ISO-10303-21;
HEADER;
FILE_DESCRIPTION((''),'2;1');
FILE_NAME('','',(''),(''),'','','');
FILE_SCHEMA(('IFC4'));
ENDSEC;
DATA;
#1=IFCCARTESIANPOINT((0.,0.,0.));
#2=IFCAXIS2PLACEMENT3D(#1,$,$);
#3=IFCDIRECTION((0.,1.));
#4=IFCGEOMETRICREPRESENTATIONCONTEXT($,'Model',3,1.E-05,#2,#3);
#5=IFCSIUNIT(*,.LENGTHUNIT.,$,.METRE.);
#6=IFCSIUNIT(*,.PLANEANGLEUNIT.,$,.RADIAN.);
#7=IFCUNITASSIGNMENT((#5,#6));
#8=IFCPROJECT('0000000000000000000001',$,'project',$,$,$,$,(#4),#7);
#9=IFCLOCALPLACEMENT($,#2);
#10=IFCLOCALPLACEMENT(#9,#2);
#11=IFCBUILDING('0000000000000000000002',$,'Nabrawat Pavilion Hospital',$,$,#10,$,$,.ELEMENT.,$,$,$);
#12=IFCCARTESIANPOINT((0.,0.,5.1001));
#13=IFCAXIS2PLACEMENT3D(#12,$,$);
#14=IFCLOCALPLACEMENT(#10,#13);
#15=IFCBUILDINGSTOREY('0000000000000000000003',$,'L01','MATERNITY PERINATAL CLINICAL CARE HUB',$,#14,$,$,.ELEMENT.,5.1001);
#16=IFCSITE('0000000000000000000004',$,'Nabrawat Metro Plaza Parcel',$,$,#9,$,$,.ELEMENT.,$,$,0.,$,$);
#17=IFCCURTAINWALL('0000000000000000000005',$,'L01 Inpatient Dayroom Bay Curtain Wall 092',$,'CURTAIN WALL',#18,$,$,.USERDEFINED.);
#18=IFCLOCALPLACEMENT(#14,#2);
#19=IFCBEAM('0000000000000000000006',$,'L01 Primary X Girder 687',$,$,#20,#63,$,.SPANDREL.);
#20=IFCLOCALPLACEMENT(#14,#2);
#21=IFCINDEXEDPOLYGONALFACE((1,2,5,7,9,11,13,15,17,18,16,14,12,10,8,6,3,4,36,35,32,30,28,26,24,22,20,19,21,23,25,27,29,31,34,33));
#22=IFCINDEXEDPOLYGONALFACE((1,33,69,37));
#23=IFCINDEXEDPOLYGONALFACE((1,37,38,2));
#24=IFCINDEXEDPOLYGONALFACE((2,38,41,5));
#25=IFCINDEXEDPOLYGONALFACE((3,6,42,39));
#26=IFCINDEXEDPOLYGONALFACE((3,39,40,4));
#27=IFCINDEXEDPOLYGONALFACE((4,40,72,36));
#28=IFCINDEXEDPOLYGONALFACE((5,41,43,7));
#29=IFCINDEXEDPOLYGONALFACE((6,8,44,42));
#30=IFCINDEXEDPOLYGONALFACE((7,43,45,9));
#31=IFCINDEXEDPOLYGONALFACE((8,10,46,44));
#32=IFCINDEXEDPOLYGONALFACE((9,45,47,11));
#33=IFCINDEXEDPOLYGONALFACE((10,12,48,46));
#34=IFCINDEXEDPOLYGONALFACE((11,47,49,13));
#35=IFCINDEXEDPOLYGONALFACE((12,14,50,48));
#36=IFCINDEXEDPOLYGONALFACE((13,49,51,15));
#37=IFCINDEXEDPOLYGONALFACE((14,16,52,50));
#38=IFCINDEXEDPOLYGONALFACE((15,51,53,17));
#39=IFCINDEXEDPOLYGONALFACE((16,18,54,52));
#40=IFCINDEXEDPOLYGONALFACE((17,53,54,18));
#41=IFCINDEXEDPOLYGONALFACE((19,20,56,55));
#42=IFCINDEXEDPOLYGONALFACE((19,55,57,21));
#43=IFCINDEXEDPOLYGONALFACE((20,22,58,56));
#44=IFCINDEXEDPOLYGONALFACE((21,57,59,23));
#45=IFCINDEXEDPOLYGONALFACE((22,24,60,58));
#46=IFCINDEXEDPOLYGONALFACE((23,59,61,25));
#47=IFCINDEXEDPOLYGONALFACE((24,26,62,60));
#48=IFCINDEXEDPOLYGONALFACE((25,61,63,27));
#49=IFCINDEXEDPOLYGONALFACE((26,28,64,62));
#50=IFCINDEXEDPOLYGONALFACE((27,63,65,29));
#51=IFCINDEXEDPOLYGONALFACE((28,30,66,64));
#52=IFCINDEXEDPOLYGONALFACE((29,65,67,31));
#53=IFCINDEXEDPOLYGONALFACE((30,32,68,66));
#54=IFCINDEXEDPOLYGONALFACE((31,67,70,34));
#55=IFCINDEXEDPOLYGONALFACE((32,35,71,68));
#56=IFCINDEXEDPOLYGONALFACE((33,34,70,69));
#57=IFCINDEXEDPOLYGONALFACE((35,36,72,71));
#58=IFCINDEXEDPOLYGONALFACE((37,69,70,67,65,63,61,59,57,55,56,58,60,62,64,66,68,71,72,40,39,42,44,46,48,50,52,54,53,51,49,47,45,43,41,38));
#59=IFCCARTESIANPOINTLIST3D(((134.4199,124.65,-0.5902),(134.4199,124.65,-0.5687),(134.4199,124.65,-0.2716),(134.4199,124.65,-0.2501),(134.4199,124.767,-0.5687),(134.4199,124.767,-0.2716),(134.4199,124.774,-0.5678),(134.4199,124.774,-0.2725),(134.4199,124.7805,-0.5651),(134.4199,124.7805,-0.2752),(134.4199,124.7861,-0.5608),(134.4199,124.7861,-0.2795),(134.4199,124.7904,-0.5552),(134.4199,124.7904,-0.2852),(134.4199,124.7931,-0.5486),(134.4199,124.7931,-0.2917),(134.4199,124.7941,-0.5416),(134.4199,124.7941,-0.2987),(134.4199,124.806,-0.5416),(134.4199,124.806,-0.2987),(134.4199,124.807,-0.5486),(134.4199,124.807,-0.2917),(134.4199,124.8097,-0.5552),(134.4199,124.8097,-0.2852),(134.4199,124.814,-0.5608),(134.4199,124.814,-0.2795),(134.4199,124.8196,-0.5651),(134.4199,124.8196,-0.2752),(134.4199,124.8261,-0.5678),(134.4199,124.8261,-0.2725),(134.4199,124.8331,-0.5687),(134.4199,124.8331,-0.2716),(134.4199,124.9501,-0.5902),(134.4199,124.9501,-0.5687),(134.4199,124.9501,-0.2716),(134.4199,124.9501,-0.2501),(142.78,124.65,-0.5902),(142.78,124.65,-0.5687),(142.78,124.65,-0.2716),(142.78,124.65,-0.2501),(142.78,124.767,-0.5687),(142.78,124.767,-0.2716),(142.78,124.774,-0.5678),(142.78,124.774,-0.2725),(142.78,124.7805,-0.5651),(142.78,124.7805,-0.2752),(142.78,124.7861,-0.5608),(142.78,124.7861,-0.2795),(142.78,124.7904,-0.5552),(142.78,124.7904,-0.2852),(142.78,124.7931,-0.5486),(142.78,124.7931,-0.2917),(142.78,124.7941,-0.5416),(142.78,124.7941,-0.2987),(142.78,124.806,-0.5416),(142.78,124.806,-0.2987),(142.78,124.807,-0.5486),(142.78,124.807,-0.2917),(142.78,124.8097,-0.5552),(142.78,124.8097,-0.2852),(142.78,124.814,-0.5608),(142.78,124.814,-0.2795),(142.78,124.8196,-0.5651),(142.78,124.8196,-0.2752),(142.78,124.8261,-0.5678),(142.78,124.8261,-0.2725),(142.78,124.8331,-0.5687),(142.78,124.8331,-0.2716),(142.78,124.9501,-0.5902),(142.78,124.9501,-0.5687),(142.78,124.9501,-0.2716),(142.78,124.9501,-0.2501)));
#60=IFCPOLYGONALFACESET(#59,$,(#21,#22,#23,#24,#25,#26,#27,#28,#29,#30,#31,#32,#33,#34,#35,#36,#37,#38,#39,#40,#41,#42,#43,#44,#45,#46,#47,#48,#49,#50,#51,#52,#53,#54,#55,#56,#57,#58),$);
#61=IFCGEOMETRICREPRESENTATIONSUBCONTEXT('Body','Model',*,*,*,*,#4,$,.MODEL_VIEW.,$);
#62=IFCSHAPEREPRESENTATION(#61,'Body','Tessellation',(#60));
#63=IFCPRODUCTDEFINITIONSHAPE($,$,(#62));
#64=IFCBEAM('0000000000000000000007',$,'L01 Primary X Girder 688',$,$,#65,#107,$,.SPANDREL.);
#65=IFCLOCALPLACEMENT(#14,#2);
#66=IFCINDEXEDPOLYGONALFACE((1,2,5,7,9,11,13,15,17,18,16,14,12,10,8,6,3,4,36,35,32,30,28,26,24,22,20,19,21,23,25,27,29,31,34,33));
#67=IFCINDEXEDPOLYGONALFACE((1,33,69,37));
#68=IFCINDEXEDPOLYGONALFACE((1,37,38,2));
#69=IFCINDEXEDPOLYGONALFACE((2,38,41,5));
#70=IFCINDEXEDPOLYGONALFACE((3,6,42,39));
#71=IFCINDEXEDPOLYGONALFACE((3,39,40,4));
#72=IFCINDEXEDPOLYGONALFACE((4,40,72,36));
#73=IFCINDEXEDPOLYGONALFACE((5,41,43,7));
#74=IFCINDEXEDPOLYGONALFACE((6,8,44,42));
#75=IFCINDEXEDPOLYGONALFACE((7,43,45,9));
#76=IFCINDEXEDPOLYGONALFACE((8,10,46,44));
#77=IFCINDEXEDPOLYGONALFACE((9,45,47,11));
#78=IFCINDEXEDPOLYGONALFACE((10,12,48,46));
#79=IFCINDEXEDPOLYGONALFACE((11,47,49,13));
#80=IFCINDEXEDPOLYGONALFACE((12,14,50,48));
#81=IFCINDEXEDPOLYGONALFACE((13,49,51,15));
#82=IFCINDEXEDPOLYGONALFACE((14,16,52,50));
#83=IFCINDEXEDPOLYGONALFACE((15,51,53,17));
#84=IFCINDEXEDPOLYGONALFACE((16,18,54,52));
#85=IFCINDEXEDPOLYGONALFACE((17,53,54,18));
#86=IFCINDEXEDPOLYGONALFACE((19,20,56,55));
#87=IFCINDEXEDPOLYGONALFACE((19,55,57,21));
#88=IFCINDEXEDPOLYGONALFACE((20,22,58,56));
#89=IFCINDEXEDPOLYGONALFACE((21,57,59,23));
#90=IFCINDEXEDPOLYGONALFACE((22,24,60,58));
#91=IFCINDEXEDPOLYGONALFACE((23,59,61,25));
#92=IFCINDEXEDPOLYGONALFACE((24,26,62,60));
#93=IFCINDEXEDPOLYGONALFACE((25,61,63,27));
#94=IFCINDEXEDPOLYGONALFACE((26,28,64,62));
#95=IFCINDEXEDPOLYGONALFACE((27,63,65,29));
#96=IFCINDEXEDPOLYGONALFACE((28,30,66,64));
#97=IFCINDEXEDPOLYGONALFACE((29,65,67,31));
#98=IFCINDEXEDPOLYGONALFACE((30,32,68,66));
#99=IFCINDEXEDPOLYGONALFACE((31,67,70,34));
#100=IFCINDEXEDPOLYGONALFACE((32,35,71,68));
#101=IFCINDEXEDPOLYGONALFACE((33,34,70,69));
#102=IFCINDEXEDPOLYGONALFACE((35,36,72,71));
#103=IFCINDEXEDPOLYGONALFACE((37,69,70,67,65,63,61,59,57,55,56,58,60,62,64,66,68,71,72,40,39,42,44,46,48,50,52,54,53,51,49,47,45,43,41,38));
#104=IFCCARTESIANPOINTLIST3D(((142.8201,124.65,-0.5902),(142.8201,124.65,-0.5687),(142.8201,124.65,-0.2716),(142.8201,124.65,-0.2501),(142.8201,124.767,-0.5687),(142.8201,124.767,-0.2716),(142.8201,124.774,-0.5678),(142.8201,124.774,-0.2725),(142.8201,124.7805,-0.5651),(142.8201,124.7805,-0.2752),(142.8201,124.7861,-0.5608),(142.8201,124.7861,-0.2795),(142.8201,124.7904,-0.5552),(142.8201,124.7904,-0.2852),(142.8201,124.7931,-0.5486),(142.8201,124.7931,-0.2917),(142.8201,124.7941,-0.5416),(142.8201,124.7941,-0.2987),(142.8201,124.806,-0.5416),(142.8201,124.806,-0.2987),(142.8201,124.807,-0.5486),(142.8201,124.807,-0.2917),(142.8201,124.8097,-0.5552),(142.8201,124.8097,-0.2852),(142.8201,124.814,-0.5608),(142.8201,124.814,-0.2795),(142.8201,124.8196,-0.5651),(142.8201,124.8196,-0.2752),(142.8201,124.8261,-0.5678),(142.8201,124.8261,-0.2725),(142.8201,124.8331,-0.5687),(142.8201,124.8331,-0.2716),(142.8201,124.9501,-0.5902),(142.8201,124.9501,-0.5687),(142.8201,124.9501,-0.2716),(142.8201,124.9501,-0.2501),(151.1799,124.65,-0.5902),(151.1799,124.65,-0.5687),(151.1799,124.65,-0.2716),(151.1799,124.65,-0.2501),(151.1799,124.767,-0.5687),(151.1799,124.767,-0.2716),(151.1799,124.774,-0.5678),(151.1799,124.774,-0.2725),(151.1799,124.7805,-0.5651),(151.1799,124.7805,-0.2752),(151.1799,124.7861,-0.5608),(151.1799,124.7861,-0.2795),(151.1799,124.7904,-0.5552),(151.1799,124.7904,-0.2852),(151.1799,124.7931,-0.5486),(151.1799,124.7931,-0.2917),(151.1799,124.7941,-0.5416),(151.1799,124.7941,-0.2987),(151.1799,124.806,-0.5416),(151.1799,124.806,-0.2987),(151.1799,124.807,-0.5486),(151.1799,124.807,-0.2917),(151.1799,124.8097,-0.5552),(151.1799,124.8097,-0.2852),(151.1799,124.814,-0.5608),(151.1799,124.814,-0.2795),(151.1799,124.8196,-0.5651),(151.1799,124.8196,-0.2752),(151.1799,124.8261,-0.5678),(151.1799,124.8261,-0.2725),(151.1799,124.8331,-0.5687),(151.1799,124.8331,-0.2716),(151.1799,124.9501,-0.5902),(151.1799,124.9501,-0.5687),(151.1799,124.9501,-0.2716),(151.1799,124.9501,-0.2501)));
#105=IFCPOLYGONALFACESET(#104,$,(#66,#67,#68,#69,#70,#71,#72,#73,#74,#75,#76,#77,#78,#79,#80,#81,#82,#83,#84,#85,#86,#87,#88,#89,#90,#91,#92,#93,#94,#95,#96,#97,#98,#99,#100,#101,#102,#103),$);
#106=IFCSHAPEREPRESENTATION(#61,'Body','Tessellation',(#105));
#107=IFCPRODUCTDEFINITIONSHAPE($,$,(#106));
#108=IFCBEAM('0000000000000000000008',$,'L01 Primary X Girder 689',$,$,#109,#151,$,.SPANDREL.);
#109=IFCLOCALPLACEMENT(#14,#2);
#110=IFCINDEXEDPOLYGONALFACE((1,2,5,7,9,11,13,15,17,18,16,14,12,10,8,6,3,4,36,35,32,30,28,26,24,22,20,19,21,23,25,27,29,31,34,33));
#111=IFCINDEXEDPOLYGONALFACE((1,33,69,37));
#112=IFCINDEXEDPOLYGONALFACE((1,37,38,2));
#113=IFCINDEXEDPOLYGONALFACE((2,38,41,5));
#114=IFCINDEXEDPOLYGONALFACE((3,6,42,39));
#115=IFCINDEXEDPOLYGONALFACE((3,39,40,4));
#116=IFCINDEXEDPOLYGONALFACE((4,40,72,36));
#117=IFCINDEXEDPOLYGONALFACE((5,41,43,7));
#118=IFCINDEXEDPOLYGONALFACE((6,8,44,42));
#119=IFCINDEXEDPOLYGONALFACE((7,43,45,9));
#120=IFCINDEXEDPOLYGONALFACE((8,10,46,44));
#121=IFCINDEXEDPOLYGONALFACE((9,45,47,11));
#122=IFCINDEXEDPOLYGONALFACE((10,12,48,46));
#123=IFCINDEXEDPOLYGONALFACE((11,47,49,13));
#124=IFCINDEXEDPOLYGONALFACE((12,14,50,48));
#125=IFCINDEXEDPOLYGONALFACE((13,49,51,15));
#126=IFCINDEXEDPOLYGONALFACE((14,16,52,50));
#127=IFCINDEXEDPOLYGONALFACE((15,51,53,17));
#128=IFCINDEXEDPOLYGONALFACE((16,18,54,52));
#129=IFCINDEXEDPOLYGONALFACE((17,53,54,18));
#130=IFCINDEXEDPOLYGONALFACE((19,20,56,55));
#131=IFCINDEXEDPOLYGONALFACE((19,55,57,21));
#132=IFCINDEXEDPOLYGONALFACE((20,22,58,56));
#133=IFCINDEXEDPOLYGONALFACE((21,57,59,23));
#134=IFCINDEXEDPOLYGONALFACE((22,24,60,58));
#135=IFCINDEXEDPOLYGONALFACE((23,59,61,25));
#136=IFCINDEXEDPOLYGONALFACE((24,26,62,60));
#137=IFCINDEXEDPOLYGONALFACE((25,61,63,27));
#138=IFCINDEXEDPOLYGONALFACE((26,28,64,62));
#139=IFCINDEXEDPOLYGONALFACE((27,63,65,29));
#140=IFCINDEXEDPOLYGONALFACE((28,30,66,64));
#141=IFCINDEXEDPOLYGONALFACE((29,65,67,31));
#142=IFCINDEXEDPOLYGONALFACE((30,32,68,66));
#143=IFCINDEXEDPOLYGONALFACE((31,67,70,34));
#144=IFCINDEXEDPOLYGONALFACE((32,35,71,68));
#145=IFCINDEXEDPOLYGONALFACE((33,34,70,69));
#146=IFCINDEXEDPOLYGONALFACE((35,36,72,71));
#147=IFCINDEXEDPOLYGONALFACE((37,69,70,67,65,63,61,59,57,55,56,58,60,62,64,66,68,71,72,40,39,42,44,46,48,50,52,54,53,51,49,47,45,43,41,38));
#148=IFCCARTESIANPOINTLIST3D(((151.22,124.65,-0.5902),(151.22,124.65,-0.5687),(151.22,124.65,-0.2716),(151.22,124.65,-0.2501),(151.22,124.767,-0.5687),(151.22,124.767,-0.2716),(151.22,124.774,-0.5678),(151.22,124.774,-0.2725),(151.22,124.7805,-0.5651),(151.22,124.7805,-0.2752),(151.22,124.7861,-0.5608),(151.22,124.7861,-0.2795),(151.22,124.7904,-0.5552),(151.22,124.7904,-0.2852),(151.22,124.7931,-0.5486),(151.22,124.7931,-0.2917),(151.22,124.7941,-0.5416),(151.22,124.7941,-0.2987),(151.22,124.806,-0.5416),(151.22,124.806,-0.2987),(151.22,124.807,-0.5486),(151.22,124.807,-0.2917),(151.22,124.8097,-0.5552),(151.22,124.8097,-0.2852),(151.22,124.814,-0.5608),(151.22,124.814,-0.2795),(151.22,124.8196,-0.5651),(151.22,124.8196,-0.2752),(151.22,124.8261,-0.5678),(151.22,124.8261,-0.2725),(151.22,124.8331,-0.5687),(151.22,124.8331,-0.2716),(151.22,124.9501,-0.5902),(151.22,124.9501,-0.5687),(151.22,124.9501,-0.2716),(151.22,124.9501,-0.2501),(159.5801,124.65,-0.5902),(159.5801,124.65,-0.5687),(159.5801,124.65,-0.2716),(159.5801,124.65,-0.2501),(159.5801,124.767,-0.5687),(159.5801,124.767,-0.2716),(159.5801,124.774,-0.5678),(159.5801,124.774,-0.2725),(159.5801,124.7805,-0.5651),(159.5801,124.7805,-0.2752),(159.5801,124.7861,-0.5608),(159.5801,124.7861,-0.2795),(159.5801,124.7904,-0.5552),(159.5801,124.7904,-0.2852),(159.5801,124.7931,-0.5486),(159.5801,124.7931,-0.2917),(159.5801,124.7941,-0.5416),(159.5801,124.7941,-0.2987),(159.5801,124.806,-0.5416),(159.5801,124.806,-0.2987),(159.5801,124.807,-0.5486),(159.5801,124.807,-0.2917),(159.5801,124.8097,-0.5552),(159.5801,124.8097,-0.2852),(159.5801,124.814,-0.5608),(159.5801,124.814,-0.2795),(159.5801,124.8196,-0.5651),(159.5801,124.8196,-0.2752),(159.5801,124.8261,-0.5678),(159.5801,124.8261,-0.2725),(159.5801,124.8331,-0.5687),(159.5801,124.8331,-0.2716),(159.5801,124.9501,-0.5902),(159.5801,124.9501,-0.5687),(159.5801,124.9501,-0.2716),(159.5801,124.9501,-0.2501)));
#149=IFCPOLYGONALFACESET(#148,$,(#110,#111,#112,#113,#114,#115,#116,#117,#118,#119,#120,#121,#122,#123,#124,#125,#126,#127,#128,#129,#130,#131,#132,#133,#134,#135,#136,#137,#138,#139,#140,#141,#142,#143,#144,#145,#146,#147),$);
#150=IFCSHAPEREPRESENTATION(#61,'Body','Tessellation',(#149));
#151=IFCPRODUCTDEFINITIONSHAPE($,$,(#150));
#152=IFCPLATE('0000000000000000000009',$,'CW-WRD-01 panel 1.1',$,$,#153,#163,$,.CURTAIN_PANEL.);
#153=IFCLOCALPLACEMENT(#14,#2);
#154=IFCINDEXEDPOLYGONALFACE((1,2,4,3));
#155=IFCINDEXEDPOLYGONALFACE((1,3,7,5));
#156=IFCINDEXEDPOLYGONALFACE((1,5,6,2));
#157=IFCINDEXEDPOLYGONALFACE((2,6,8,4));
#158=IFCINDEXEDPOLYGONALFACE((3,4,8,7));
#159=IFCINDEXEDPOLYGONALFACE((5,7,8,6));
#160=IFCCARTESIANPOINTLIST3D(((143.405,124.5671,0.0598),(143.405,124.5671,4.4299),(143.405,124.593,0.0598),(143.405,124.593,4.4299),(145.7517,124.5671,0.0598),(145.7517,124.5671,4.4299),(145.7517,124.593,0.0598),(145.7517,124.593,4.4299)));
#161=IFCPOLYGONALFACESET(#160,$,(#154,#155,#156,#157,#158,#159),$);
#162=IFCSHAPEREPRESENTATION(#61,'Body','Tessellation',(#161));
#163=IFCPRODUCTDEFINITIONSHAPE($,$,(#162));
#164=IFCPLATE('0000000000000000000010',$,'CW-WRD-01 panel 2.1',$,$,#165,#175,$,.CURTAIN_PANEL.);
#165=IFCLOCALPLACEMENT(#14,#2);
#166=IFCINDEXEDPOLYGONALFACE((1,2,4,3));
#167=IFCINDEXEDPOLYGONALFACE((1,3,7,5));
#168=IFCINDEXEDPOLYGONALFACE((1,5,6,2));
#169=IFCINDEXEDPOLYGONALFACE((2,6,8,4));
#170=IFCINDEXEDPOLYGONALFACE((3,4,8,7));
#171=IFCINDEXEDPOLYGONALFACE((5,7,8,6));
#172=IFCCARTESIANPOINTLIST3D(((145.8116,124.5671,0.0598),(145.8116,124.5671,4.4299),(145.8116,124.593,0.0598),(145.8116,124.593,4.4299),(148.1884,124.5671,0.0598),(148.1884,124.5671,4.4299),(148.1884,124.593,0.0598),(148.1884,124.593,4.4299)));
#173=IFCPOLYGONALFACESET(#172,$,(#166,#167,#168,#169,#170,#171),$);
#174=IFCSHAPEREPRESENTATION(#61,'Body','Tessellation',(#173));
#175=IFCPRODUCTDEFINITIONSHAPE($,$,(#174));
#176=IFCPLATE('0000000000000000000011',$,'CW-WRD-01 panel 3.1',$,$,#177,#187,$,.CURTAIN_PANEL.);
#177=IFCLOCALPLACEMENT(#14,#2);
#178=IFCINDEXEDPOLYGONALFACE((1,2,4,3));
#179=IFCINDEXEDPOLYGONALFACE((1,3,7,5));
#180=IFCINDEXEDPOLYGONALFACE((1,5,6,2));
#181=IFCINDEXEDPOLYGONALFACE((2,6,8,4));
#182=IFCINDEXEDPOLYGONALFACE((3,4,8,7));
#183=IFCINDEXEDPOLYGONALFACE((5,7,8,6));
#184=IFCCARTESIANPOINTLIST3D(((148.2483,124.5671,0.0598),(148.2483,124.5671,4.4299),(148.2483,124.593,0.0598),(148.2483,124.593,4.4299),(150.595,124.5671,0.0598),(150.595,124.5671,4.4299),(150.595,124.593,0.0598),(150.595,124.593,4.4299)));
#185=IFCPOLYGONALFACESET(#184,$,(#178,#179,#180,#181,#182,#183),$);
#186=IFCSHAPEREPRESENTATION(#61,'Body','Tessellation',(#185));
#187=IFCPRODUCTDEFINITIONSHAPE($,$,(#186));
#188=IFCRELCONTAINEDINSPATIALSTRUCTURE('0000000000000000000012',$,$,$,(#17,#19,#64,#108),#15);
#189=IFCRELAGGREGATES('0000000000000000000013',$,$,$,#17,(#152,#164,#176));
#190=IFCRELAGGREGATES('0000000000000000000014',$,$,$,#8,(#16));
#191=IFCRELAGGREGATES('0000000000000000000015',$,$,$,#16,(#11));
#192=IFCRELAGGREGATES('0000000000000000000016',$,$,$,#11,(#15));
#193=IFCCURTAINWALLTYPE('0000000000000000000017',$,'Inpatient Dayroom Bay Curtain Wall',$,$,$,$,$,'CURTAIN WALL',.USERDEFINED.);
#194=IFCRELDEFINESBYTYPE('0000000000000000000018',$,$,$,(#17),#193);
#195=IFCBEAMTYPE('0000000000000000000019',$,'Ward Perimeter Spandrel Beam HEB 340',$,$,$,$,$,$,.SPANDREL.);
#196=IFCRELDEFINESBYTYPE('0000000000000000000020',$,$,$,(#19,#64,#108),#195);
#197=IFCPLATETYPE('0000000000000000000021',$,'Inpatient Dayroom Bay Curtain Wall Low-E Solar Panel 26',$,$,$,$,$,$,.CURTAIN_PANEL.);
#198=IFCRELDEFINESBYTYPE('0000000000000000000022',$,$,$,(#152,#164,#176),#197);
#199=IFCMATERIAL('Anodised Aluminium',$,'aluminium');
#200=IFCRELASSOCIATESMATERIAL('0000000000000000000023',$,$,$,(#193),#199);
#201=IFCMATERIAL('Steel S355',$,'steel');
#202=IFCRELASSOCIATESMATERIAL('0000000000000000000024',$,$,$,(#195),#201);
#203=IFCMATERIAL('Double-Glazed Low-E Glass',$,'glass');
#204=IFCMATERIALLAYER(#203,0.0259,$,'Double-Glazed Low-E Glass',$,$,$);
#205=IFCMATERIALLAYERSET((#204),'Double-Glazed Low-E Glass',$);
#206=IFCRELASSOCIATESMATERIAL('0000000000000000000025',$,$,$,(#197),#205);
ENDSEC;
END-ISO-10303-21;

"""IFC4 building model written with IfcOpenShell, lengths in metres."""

from ifc_helpers import new_model, si_unit, direction, frame, origin, origin_2d, place, context, subcontext, project, spatial, rectangle, i_section, extrude, material, layer, layer_set, material_profile, profile_set, type_object, element, aggregate, save


model = new_model("IFC4")

# Units and contexts
model_context = context("Model", 3, precision=1e-05, world=origin(), true_north=direction((0.0, 1.0)))
body_context = subcontext(model_context, "Body", "Model", "MODEL_VIEW")
ifc_project = project(units=[si_unit("LENGTHUNIT", "METRE"), si_unit("PLANEANGLEUNIT", "RADIAN")], contexts=[model_context])

# Site, building, storey
site_placement = place(None, origin())
site = spatial("IfcSite", under=ifc_project, at=site_placement, Name="Nabrawat Metro Plaza Parcel", CompositionType="ELEMENT", RefElevation=0.0)
building_placement = place(site_placement, origin())
building = spatial("IfcBuilding", under=site, at=building_placement, Name="Nabrawat Pavilion Hospital", CompositionType="ELEMENT")
storey_placement = place(building_placement, frame((0.0, 0.0, 5.1001)))
storey = spatial("IfcBuildingStorey", under=building, at=storey_placement, Name="L01", Description="MATERNITY PERINATAL CLINICAL CARE HUB", CompositionType="ELEMENT", Elevation=5.1001)

# Shared definitions
ifc_material_1 = material(Name="Steel S355", Category="steel")

# Curtain wall
ifc_material_2 = material(Name="Anodised Aluminium", Category="aluminium")
curtain_wall_type = type_object("IfcCurtainWallType", Name="Inpatient Dayroom Bay Curtain Wall", ElementType="CURTAIN WALL", PredefinedType="USERDEFINED", material=ifc_material_2)
curtain_wall_placement = place(storey_placement, origin())
curtain_wall = element("IfcCurtainWall", 1, at=curtain_wall_placement, inside=storey, type_object=curtain_wall_type, Name="L01 Inpatient Dayroom Bay Curtain Wall 092", ObjectType="CURTAIN WALL", PredefinedType="USERDEFINED")

# Beams
ifc_material_profile_1 = material_profile(ifc_material_1, i_section(OverallWidth=0.3, OverallDepth=0.3401, WebThickness=0.012, FlangeThickness=0.0215, FilletRadius=0.0271, at=origin_2d()), Name="HEB 340")
ifc_profile_set_1 = profile_set([ifc_material_profile_1], Name="Steel S355")
beam_type_1 = type_object("IfcBeamType", Name="Ward Perimeter Spandrel Beam HEB 340", PredefinedType="SPANDREL", material=ifc_profile_set_1)
beam_1_placement = place(storey_placement, frame((134.4199, 124.8, -0.4202), z_axis=(1.0, 0.0, 0.0), x_axis=(0.0, 1.0, 0.0)))
element("IfcBeam", 2, at=beam_1_placement, inside=storey, type_object=beam_type_1, Name="L01 Primary X Girder 687", PredefinedType="SPANDREL", context=body_context, shape_type="SweptSolid", body=[
    extrude(i_section(OverallWidth=0.3, OverallDepth=0.3401, WebThickness=0.012, FlangeThickness=0.0215, FilletRadius=0.0271, at=origin_2d()), origin(), (0.0, 0.0, 1.0), 8.3601),
])
beam_2_placement = place(storey_placement, frame((142.8201, 124.8, -0.4202), z_axis=(1.0, 0.0, 0.0), x_axis=(0.0, 1.0, 0.0)))
element("IfcBeam", 3, at=beam_2_placement, inside=storey, type_object=beam_type_1, Name="L01 Primary X Girder 688", PredefinedType="SPANDREL", context=body_context, shape_type="SweptSolid", body=[
    extrude(i_section(OverallWidth=0.3, OverallDepth=0.3401, WebThickness=0.012, FlangeThickness=0.0215, FilletRadius=0.0271, at=origin_2d()), origin(), (0.0, 0.0, 1.0), 8.3599),
])
beam_3_placement = place(storey_placement, frame((151.22, 124.8, -0.4202), z_axis=(1.0, 0.0, 0.0), x_axis=(0.0, 1.0, 0.0)))
element("IfcBeam", 4, at=beam_3_placement, inside=storey, type_object=beam_type_1, Name="L01 Primary X Girder 689", PredefinedType="SPANDREL", context=body_context, shape_type="SweptSolid", body=[
    extrude(i_section(OverallWidth=0.3, OverallDepth=0.3401, WebThickness=0.012, FlangeThickness=0.0215, FilletRadius=0.0271, at=origin_2d()), origin(), (0.0, 0.0, 1.0), 8.3601),
])

# Plates
ifc_material_3 = material(Name="Double-Glazed Low-E Glass", Category="glass")
ifc_layer_1 = layer(ifc_material_3, 0.0259, Name="Double-Glazed Low-E Glass")
ifc_layer_set_1 = layer_set([ifc_layer_1], Name="Double-Glazed Low-E Glass")
plate_type = type_object("IfcPlateType", Name="Inpatient Dayroom Bay Curtain Wall Low-E Solar Panel 26", PredefinedType="CURTAIN_PANEL", material=ifc_layer_set_1)
plate_1_placement = place(storey_placement, frame((144.5784, 124.5801, 0.0598), z_axis=(0.0, 0.0, 1.0), x_axis=(1.0, 0.0, 0.0)))
plate_1 = element("IfcPlate", 5, at=plate_1_placement, type_object=plate_type, Name="CW-WRD-01 panel 1.1", PredefinedType="CURTAIN_PANEL", context=body_context, shape_type="SweptSolid", body=[
    extrude(rectangle(XDim=2.3467, YDim=0.0259, at=origin_2d()), origin(), (0.0, 0.0, 1.0), 4.3701),
])
plate_2_placement = place(storey_placement, frame((147.0, 124.5801, 0.0598), z_axis=(0.0, 0.0, 1.0), x_axis=(1.0, 0.0, 0.0)))
plate_2 = element("IfcPlate", 6, at=plate_2_placement, type_object=plate_type, Name="CW-WRD-01 panel 2.1", PredefinedType="CURTAIN_PANEL", context=body_context, shape_type="SweptSolid", body=[
    extrude(rectangle(XDim=2.3767, YDim=0.0259, at=origin_2d()), origin(), (0.0, 0.0, 1.0), 4.3701),
])
plate_3_placement = place(storey_placement, frame((149.4216, 124.5801, 0.0598), z_axis=(0.0, 0.0, 1.0), x_axis=(1.0, 0.0, 0.0)))
plate_3 = element("IfcPlate", 7, at=plate_3_placement, type_object=plate_type, Name="CW-WRD-01 panel 3.1", PredefinedType="CURTAIN_PANEL", context=body_context, shape_type="SweptSolid", body=[
    extrude(rectangle(XDim=2.3467, YDim=0.0259, at=origin_2d()), origin(), (0.0, 0.0, 1.0), 4.3701),
])
aggregate(curtain_wall, [plate_1, plate_2, plate_3])

save(model, "model.ifc")
